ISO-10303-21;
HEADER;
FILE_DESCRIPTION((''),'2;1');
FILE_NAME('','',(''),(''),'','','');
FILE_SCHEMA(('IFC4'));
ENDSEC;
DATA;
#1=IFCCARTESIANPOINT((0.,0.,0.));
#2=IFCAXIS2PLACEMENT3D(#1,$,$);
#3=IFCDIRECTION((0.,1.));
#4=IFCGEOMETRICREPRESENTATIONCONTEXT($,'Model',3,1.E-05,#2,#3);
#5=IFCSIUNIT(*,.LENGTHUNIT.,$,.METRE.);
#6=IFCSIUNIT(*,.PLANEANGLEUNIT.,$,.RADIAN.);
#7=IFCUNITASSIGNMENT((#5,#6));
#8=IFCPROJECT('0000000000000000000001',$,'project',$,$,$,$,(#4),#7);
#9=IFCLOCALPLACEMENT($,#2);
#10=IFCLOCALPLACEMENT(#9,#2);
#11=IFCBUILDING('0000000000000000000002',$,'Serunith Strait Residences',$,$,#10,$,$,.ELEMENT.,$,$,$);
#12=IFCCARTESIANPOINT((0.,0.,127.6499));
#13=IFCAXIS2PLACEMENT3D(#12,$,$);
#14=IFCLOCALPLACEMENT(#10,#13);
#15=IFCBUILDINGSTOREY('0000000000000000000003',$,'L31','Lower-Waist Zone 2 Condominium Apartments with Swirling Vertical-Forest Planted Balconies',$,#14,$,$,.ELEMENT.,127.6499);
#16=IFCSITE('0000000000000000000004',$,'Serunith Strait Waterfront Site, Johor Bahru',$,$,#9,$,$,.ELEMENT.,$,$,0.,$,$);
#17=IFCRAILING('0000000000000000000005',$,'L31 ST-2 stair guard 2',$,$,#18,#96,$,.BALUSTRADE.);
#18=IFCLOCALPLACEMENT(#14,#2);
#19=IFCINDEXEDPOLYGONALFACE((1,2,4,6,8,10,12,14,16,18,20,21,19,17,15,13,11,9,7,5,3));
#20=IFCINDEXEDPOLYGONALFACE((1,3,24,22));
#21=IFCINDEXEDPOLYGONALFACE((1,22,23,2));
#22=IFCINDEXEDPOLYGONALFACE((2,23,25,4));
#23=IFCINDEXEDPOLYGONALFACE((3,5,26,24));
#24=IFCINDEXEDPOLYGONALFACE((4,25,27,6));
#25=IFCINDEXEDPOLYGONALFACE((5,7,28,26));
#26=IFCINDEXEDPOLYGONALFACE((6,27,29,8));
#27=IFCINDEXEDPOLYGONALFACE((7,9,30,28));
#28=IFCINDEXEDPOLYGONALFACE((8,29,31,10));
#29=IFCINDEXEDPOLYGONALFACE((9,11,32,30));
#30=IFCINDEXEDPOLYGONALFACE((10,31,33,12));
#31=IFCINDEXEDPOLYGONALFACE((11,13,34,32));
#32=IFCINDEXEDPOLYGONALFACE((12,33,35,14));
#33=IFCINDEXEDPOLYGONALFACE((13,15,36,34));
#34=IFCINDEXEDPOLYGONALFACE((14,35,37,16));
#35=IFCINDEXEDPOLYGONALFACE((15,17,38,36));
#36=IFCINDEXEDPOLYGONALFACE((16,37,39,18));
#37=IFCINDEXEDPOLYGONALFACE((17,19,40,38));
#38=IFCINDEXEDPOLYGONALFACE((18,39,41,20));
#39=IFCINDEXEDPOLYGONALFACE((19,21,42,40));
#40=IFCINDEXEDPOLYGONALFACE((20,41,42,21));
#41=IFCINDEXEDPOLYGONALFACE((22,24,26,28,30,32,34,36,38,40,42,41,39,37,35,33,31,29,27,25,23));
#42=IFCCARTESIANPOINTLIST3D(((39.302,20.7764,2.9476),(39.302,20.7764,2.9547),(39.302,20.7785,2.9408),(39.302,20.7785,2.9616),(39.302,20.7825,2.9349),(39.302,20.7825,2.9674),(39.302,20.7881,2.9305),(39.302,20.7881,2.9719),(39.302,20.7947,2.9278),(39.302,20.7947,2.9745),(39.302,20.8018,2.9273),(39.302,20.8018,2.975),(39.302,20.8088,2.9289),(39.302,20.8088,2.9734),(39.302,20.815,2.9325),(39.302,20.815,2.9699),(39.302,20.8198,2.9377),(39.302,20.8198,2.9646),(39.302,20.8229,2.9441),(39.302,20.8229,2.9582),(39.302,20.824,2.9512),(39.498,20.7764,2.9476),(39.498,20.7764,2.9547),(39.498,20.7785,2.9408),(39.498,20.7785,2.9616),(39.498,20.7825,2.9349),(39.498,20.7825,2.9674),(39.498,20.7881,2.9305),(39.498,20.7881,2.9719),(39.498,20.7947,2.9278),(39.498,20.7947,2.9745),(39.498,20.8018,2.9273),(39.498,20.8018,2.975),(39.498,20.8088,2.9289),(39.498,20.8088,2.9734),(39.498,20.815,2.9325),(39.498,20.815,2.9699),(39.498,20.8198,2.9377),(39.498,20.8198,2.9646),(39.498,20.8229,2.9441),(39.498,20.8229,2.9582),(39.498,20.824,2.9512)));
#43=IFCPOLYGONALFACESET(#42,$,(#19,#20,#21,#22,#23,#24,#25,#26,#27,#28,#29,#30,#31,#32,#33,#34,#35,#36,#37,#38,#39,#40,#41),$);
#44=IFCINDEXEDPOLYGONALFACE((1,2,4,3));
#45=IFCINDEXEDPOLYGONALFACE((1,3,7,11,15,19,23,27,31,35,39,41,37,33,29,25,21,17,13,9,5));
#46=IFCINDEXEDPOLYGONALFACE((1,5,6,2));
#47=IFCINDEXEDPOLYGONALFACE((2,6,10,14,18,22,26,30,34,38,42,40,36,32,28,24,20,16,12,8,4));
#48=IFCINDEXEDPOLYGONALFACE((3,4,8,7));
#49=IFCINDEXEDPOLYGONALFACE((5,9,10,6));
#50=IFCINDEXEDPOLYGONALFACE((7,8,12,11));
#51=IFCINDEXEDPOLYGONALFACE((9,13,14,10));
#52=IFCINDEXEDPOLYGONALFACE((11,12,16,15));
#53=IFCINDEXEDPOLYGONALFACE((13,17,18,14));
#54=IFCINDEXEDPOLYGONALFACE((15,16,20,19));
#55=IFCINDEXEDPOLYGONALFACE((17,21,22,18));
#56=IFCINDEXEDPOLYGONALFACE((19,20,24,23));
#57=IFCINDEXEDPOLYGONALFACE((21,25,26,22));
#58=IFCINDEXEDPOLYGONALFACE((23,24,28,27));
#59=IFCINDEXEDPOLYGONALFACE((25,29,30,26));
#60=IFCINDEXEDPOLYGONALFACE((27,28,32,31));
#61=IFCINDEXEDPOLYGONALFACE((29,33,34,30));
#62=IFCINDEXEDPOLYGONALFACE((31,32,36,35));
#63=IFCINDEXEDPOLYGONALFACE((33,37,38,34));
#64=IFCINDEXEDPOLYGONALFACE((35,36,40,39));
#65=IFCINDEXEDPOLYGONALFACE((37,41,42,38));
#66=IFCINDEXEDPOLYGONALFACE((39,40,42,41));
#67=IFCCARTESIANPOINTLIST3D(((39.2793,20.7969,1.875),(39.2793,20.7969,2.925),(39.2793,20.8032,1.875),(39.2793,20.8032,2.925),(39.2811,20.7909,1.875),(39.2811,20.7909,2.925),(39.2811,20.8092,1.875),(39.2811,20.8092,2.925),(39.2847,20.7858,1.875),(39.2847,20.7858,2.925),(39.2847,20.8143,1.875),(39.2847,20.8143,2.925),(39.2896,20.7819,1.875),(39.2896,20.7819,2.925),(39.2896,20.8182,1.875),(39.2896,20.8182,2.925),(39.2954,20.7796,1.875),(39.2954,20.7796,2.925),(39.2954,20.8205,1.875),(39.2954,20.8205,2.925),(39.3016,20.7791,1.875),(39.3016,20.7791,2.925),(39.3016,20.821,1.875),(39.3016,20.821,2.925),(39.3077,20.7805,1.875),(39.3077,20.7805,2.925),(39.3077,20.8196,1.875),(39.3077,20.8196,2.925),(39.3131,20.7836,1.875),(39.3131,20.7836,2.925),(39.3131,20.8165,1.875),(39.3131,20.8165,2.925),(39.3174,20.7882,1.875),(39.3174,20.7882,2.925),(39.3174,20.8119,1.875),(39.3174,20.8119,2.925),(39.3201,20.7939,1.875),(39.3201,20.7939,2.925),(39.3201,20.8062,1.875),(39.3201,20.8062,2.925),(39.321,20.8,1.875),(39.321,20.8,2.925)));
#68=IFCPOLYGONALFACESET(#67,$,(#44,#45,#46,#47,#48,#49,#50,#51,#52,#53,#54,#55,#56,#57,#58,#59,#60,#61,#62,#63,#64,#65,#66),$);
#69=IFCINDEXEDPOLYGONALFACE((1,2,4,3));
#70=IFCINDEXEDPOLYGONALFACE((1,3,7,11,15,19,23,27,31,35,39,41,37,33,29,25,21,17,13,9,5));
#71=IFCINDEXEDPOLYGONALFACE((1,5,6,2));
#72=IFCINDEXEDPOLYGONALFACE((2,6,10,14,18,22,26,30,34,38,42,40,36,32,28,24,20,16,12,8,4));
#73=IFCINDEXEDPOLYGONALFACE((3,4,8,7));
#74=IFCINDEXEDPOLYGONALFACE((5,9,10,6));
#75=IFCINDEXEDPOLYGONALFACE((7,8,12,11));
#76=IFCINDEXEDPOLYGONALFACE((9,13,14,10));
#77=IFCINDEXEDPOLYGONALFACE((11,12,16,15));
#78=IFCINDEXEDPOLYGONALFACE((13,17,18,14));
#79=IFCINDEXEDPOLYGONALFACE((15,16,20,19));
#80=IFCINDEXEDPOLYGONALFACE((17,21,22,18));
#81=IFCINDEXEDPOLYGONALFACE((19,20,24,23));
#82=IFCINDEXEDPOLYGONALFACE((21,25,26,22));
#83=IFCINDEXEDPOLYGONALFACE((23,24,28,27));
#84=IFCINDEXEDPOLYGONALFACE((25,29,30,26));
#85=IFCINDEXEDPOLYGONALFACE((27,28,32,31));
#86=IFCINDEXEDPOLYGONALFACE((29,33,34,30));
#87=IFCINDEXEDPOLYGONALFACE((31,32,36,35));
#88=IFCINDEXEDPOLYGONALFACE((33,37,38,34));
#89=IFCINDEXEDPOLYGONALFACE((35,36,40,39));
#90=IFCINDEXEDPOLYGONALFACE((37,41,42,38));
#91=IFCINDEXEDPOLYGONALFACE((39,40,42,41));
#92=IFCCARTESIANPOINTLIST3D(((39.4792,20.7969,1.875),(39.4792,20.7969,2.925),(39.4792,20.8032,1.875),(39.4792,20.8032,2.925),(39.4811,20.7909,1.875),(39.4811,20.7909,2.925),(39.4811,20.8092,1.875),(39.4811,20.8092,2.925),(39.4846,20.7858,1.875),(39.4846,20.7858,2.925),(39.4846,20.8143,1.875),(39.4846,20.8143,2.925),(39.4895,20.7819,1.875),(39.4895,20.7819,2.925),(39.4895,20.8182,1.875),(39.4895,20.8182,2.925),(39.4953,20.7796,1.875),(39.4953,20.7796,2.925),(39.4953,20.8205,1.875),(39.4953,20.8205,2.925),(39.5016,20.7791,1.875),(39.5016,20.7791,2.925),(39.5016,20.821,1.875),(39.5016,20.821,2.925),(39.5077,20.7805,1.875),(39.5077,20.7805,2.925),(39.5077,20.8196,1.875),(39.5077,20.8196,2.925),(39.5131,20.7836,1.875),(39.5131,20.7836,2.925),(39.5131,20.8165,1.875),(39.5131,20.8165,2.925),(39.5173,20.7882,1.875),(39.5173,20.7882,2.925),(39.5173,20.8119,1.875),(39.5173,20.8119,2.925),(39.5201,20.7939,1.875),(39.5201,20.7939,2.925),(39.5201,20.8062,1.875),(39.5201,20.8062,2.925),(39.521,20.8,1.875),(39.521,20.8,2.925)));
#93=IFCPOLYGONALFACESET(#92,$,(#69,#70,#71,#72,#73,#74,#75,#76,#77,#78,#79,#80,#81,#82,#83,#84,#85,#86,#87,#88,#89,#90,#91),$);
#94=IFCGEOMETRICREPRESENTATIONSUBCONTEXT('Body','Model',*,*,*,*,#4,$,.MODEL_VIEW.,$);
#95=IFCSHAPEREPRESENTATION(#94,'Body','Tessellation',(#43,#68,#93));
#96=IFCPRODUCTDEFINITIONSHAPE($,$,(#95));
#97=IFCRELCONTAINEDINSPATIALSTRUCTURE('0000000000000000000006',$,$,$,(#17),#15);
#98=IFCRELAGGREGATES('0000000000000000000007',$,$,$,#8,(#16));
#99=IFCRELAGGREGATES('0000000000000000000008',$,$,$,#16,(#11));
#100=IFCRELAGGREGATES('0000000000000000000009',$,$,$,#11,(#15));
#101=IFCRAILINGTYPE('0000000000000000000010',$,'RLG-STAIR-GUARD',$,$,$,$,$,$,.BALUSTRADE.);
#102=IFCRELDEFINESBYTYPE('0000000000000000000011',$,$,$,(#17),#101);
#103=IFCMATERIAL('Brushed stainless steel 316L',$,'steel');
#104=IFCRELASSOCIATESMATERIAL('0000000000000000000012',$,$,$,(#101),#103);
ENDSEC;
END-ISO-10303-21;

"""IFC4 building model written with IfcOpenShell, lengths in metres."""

from ifc_helpers import new_model, si_unit, direction, frame, origin, origin_2d, place, context, subcontext, project, spatial, circle, extrude, material, type_object, element, save


model = new_model("IFC4")

# Units and contexts
model_context = context("Model", 3, precision=1e-05, world=origin(), true_north=direction((0.0, 1.0)))
body_context = subcontext(model_context, "Body", "Model", "MODEL_VIEW")
ifc_project = project(units=[si_unit("LENGTHUNIT", "METRE"), si_unit("PLANEANGLEUNIT", "RADIAN")], contexts=[model_context])

# Site, building, storey
site_placement = place(None, origin())
site = spatial("IfcSite", under=ifc_project, at=site_placement, Name="Serunith Strait Waterfront Site, Johor Bahru", CompositionType="ELEMENT", RefElevation=0.0)
building_placement = place(site_placement, origin())
building = spatial("IfcBuilding", under=site, at=building_placement, Name="Serunith Strait Residences", CompositionType="ELEMENT")
storey_placement = place(building_placement, frame((0.0, 0.0, 127.6499)))
storey = spatial("IfcBuildingStorey", under=building, at=storey_placement, Name="L31", Description="Lower-Waist Zone 2 Condominium Apartments with Swirling Vertical-Forest Planted Balconies", CompositionType="ELEMENT", Elevation=127.6499)

# Railing
ifc_material_1 = material(Name="Brushed stainless steel 316L", Category="steel")
railing_type_1 = type_object("IfcRailingType", Name="RLG-STAIR-GUARD", PredefinedType="BALUSTRADE", material=ifc_material_1)
railing_1_placement = place(storey_placement, frame((39.3, 20.8, 1.875)))
element("IfcRailing", 1, at=railing_1_placement, inside=storey, type_object=railing_type_1, Name="L31 ST-2 stair guard 2", PredefinedType="BALUSTRADE", context=body_context, shape_type="SweptSolid", body=[
    extrude(circle(Radius=0.0239, at=origin_2d()), frame((0.002, 0.0, 1.0762), z_axis=(1.0, 0.0, 0.0), x_axis=(0.0, 1.0, 0.0)), (0.0, 0.0, 1.0), 0.196),
    extrude(circle(Radius=0.021, at=origin_2d()), origin(), (0.0, 0.0, 1.0), 1.05),
    extrude(circle(Radius=0.021, at=origin_2d()), frame((0.2, 0.0, 0.0)), (0.0, 0.0, 1.0), 1.05),
])

save(model, "model.ifc")
